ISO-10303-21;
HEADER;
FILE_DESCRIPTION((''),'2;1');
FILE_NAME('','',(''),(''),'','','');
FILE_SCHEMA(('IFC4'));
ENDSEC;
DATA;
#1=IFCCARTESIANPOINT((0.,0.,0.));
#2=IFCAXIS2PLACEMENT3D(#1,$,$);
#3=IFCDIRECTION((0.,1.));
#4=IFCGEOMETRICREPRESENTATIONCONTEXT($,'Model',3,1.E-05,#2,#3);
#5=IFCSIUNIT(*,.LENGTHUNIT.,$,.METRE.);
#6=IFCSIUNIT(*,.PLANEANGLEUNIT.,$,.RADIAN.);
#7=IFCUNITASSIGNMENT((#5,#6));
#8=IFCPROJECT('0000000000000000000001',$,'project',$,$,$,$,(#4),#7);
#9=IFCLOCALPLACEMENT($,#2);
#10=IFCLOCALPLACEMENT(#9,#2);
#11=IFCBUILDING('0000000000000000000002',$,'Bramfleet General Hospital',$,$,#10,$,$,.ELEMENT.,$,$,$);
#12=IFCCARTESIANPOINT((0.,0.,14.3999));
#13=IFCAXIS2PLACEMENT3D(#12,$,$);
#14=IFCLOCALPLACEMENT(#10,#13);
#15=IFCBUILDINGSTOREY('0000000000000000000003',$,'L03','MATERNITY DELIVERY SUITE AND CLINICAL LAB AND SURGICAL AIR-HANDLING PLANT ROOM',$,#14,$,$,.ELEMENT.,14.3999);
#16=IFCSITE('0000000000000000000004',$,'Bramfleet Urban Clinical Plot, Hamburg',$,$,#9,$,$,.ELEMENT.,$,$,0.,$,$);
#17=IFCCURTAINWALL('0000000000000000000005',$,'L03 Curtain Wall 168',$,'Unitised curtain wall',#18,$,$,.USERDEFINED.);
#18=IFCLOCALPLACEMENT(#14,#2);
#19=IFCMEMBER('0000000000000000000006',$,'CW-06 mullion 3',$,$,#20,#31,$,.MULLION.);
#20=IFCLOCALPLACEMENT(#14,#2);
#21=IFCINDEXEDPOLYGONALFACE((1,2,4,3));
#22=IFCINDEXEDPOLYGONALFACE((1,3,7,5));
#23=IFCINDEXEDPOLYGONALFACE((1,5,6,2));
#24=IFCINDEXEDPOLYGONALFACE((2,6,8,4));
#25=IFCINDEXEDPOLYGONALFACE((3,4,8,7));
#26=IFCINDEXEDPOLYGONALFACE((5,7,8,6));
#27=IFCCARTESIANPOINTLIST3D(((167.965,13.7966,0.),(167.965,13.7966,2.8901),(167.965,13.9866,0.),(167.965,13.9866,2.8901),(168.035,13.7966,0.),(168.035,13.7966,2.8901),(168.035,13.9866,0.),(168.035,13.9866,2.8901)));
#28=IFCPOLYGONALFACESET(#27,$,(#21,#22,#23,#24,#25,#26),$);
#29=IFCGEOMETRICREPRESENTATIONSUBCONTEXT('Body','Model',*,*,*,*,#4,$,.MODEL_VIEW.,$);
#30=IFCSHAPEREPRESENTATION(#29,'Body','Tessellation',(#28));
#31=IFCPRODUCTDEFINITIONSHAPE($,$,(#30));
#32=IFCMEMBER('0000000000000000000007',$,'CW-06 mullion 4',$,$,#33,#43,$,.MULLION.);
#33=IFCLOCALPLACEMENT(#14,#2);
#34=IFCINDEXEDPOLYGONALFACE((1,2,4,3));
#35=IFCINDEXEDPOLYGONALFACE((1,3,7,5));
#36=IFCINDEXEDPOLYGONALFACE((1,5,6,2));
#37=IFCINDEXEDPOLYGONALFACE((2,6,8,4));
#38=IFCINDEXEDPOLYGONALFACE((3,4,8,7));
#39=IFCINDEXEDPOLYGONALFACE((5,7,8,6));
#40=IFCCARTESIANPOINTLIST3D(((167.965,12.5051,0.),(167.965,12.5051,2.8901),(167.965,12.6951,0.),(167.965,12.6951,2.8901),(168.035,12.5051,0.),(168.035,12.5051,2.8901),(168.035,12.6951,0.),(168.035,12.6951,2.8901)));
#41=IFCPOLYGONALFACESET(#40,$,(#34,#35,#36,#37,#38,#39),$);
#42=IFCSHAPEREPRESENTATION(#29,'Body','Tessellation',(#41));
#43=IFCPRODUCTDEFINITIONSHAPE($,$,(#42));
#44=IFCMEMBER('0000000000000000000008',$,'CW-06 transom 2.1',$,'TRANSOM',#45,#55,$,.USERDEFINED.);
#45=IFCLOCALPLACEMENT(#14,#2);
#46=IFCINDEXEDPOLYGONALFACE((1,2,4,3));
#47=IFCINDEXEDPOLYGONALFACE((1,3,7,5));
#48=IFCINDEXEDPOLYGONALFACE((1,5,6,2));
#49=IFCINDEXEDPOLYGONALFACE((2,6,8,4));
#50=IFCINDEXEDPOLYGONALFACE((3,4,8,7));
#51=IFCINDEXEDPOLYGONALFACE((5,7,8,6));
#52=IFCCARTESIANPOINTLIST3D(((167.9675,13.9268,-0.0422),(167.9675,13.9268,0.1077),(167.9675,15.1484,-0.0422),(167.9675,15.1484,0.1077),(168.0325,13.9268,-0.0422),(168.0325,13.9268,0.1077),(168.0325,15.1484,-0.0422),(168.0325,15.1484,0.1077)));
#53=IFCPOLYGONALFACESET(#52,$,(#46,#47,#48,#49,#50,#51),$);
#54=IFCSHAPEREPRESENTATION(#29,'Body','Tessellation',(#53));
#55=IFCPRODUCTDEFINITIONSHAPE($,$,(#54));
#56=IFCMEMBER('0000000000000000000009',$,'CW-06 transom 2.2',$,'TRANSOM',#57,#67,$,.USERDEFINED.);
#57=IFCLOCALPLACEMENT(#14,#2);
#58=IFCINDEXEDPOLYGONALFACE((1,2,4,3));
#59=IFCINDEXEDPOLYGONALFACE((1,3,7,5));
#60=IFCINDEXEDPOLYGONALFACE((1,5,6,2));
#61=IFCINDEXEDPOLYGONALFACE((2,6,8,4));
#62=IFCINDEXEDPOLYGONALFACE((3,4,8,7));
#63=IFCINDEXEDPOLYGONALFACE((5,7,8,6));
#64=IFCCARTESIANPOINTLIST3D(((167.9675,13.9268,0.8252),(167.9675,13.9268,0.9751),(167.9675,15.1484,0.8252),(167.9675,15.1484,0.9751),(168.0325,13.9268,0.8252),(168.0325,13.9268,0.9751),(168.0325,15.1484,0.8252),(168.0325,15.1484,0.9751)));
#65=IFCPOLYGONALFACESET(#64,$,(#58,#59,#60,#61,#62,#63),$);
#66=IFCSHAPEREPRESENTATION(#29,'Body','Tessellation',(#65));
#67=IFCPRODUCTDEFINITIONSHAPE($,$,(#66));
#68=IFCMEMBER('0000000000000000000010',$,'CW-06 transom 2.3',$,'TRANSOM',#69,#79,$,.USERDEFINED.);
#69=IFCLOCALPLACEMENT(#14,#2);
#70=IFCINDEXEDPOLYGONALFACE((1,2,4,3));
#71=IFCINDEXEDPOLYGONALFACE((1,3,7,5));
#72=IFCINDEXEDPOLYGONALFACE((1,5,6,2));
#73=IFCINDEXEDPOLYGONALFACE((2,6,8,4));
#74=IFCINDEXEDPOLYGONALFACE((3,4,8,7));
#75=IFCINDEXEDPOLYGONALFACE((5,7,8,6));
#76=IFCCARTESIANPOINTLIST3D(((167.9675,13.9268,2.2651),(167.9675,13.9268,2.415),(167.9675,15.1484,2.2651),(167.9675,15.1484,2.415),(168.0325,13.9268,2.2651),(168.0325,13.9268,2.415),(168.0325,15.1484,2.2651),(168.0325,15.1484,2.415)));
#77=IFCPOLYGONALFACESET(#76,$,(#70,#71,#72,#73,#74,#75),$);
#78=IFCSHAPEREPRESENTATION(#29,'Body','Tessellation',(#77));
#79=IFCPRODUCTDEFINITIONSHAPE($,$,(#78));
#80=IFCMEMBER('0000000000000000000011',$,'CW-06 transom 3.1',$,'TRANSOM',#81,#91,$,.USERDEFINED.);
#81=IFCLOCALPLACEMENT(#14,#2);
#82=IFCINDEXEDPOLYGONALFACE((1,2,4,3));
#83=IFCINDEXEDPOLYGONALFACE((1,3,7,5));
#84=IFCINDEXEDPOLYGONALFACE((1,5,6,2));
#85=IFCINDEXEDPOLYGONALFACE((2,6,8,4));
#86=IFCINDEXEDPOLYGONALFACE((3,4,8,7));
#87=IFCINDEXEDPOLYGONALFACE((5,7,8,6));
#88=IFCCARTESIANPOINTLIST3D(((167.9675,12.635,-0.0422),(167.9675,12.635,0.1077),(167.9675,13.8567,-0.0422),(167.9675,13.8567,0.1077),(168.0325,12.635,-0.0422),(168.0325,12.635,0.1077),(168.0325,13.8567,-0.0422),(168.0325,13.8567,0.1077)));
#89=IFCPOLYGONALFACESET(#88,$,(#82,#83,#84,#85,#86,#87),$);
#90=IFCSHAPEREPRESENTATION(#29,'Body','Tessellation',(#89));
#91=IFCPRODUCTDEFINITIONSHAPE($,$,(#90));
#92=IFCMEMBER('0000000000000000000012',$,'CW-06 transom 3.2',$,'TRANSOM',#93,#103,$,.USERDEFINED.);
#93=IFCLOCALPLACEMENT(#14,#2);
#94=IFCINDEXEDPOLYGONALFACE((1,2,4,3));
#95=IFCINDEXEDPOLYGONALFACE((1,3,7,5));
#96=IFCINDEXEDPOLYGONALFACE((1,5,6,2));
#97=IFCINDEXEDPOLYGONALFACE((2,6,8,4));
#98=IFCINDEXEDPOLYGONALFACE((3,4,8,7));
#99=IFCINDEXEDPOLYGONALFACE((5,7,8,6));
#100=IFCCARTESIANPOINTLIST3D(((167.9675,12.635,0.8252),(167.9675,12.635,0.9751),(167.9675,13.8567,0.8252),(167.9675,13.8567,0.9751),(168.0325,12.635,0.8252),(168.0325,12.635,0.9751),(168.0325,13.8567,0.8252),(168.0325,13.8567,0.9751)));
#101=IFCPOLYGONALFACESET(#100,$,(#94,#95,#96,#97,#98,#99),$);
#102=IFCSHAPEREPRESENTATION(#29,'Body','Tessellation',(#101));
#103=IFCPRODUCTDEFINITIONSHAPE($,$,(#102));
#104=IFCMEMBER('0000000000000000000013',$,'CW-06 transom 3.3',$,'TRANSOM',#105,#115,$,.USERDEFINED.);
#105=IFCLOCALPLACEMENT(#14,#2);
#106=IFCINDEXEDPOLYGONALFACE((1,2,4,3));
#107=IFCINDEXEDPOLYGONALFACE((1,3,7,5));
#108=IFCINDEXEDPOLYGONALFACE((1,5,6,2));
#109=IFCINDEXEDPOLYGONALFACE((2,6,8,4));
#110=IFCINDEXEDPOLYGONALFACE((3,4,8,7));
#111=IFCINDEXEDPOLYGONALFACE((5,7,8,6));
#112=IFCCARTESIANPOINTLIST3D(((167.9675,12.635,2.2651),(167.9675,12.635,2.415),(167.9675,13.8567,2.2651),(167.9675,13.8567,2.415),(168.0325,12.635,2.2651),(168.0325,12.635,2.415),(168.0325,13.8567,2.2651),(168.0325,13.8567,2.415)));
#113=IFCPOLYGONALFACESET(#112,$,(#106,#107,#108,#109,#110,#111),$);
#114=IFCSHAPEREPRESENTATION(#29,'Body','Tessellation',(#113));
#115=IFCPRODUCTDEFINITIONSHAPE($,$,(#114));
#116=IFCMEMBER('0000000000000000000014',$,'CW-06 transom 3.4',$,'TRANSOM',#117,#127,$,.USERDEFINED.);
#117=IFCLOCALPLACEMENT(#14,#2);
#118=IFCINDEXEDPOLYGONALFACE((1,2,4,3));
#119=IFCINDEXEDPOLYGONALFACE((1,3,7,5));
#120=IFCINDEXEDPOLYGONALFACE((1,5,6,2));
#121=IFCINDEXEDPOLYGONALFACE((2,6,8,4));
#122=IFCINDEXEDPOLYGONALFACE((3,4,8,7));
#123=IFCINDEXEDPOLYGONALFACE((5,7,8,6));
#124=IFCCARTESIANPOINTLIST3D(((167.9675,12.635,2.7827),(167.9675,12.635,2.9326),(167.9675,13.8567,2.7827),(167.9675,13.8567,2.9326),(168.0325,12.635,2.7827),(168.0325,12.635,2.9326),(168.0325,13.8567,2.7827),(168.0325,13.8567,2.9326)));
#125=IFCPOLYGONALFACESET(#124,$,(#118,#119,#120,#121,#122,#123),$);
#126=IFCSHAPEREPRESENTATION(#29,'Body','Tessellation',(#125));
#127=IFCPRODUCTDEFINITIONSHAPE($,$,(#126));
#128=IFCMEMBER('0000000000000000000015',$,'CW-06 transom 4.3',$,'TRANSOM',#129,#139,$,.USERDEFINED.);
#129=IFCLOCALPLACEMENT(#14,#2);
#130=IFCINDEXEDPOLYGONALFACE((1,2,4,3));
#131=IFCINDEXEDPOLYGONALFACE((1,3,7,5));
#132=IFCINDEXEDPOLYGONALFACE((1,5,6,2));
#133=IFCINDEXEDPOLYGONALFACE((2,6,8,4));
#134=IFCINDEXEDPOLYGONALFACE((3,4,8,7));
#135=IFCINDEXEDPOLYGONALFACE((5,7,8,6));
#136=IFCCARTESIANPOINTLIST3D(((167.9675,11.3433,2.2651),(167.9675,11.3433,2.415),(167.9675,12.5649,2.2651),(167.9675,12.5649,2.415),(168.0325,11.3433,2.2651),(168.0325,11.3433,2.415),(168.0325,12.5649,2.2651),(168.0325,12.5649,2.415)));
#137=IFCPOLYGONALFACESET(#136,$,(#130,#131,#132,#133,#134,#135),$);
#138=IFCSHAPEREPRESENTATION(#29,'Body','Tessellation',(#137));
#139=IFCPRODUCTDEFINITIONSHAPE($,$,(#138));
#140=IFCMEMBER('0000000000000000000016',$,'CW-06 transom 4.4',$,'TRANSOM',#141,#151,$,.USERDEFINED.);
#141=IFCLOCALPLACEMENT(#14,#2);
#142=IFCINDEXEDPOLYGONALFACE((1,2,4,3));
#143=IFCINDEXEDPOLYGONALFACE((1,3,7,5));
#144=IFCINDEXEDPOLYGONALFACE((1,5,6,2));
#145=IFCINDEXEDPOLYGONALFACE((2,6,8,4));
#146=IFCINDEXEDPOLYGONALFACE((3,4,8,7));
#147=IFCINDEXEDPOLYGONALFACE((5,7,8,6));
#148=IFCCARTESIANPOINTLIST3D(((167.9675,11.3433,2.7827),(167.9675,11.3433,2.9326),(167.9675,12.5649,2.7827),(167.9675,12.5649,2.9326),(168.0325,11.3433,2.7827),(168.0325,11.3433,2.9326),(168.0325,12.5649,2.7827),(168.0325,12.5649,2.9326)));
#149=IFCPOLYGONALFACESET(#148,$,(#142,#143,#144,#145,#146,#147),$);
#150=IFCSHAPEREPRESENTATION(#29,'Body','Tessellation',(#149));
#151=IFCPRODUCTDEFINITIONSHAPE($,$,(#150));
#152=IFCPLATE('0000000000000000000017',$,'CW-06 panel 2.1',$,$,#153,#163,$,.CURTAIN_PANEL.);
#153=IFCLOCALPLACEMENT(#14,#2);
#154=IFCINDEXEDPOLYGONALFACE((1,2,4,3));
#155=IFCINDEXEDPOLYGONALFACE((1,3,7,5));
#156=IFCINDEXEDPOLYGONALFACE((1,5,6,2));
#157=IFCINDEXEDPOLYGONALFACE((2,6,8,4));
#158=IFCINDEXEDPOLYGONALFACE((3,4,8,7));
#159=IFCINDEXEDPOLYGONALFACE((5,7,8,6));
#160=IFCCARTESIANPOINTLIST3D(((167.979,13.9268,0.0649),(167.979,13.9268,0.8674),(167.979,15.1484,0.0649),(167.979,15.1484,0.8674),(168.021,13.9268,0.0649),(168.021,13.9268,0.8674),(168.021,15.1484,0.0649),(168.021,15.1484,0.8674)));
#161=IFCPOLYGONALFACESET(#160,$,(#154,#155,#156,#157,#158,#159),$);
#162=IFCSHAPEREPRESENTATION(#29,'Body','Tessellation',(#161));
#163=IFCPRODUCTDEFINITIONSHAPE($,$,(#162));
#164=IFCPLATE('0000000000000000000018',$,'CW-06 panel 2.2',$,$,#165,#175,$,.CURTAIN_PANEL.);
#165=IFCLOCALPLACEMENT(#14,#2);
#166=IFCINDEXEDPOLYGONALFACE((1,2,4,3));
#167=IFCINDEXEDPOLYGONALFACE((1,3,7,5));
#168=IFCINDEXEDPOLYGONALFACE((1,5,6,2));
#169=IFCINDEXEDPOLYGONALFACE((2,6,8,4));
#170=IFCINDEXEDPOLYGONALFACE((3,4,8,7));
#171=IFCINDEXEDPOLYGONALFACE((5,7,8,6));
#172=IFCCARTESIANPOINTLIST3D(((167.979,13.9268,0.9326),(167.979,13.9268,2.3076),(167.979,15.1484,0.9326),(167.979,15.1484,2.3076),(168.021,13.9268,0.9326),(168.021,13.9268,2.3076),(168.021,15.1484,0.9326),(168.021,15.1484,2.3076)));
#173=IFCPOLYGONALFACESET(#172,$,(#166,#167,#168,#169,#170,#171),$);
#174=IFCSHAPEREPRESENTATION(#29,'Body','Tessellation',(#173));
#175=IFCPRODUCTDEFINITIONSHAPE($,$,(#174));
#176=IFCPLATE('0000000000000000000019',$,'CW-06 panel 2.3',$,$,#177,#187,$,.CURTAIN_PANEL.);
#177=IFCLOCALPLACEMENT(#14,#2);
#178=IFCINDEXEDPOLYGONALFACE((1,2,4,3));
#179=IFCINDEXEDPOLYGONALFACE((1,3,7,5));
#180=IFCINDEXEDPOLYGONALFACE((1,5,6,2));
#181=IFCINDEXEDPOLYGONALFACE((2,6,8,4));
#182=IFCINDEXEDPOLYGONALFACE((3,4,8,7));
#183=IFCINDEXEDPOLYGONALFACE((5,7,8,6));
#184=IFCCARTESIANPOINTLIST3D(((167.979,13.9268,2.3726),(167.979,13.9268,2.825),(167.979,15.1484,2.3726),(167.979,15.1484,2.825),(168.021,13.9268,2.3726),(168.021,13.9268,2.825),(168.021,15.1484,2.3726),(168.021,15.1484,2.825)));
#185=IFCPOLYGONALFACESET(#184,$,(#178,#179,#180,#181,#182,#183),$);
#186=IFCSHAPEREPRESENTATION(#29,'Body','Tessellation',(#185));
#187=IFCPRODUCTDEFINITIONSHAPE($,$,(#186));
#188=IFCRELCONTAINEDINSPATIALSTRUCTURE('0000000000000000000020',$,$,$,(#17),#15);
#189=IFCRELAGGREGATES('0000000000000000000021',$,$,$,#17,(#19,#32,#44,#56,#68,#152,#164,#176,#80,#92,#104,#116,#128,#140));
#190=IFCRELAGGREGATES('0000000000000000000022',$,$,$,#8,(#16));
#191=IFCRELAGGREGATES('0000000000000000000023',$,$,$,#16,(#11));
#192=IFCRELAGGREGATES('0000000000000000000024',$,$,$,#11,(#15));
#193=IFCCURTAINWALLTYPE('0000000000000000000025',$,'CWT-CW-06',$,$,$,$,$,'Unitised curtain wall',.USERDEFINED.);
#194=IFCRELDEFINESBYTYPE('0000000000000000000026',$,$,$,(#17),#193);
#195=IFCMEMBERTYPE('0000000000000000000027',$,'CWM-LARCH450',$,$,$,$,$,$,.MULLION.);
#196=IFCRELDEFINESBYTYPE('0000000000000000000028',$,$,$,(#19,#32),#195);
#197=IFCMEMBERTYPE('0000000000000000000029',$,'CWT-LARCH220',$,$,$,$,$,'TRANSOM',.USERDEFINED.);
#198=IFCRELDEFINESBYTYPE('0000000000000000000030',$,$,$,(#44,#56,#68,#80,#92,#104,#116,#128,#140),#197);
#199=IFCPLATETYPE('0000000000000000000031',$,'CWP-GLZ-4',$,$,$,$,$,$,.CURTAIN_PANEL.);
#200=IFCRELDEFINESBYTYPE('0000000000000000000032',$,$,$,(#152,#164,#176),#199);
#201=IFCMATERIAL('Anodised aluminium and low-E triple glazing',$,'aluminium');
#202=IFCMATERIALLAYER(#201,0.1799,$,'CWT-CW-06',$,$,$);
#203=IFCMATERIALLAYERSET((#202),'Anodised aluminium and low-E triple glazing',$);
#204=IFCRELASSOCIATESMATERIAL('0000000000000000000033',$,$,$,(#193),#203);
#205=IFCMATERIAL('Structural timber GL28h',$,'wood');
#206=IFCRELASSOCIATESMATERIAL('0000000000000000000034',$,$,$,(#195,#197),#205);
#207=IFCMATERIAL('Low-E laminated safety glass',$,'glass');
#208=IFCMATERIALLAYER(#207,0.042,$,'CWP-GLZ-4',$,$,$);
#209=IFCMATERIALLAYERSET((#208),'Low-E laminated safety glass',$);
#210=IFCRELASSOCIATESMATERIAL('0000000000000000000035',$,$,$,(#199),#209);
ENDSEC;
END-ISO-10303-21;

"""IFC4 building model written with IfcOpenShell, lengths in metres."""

from ifc_helpers import new_model, si_unit, direction, frame, origin, origin_2d, place, context, subcontext, project, spatial, rectangle, extrude, material, layer, layer_set, material_profile, profile_set, type_object, element, aggregate, save


model = new_model("IFC4")

# Units and contexts
model_context = context("Model", 3, precision=1e-05, world=origin(), true_north=direction((0.0, 1.0)))
body_context = subcontext(model_context, "Body", "Model", "MODEL_VIEW")
ifc_project = project(units=[si_unit("LENGTHUNIT", "METRE"), si_unit("PLANEANGLEUNIT", "RADIAN")], contexts=[model_context])

# Site, building, storey
site_placement = place(None, origin())
site = spatial("IfcSite", under=ifc_project, at=site_placement, Name="Bramfleet Urban Clinical Plot, Hamburg", CompositionType="ELEMENT", RefElevation=0.0)
building_placement = place(site_placement, origin())
building = spatial("IfcBuilding", under=site, at=building_placement, Name="Bramfleet General Hospital", CompositionType="ELEMENT")
storey_placement = place(building_placement, frame((0.0, 0.0, 14.3999)))
storey = spatial("IfcBuildingStorey", under=building, at=storey_placement, Name="L03", Description="MATERNITY DELIVERY SUITE AND CLINICAL LAB AND SURGICAL AIR-HANDLING PLANT ROOM", CompositionType="ELEMENT", Elevation=14.3999)

# Curtain wall, members, plates
ifc_material_1 = material(Name="Anodised aluminium and low-E triple glazing", Category="aluminium")
ifc_layer_1 = layer(ifc_material_1, 0.1799, Name="CWT-CW-06")
ifc_layer_set_1 = layer_set([ifc_layer_1], Name="Anodised aluminium and low-E triple glazing")
curtain_wall_type = type_object("IfcCurtainWallType", Name="CWT-CW-06", ElementType="Unitised curtain wall", PredefinedType="USERDEFINED", material=ifc_layer_set_1)
curtain_wall_placement = place(storey_placement, origin())
curtain_wall = element("IfcCurtainWall", 1, at=curtain_wall_placement, inside=storey, type_object=curtain_wall_type, Name="L03 Curtain Wall 168", ObjectType="Unitised curtain wall", PredefinedType="USERDEFINED")
ifc_material_2 = material(Name="Structural timber GL28h", Category="wood")
ifc_material_profile_1 = material_profile(ifc_material_2, rectangle(XDim=0.0701, YDim=0.1899, at=origin_2d()), Name="LARCH 190x70")
ifc_profile_set_1 = profile_set([ifc_material_profile_1], Name="Structural timber GL28h")
member_type_1 = type_object("IfcMemberType", Name="CWM-LARCH450", PredefinedType="MULLION", material=ifc_profile_set_1)
member_1_placement = place(storey_placement, frame((168.0, 13.8916, 0.0), z_axis=(0.0, 0.0, 1.0), x_axis=(1.0, 0.0, 0.0)))
member_1 = element("IfcMember", 2, at=member_1_placement, type_object=member_type_1, Name="CW-06 mullion 3", PredefinedType="MULLION", context=body_context, shape_type="SweptSolid", body=[
    extrude(rectangle(XDim=0.0701, YDim=0.1899, at=origin_2d()), origin(), (0.0, 0.0, 1.0), 2.8901),
])
member_2_placement = place(storey_placement, frame((168.0, 12.6001, 0.0), z_axis=(0.0, 0.0, 1.0), x_axis=(1.0, 0.0, 0.0)))
member_2 = element("IfcMember", 3, at=member_2_placement, type_object=member_type_1, Name="CW-06 mullion 4", PredefinedType="MULLION", context=body_context, shape_type="SweptSolid", body=[
    extrude(rectangle(XDim=0.0701, YDim=0.1899, at=origin_2d()), origin(), (0.0, 0.0, 1.0), 2.8901),
])
ifc_material_profile_2 = material_profile(ifc_material_2, rectangle(XDim=0.0649, YDim=0.1499, at=origin_2d()), Name="LARCH 150x65")
ifc_profile_set_2 = profile_set([ifc_material_profile_2], Name="Structural timber GL28h")
member_type_2 = type_object("IfcMemberType", Name="CWT-LARCH220", ElementType="TRANSOM", PredefinedType="USERDEFINED", material=ifc_profile_set_2)
member_3_placement = place(storey_placement, frame((168.0, 15.1484, 0.0327), z_axis=(0.0, -1.0, 0.0), x_axis=(1.0, 0.0, 0.0)))
member_3 = element("IfcMember", 4, at=member_3_placement, type_object=member_type_2, Name="CW-06 transom 2.1", ObjectType="TRANSOM", PredefinedType="USERDEFINED", context=body_context, shape_type="SweptSolid", body=[
    extrude(rectangle(XDim=0.0649, YDim=0.1499, at=origin_2d()), origin(), (0.0, 0.0, 1.0), 1.2217),
])
member_4_placement = place(storey_placement, frame((168.0, 15.1484, 0.9001), z_axis=(0.0, -1.0, 0.0), x_axis=(1.0, 0.0, 0.0)))
member_4 = element("IfcMember", 5, at=member_4_placement, type_object=member_type_2, Name="CW-06 transom 2.2", ObjectType="TRANSOM", PredefinedType="USERDEFINED", context=body_context, shape_type="SweptSolid", body=[
    extrude(rectangle(XDim=0.0649, YDim=0.1499, at=origin_2d()), origin(), (0.0, 0.0, 1.0), 1.2217),
])
member_5_placement = place(storey_placement, frame((168.0, 15.1484, 2.3401), z_axis=(0.0, -1.0, 0.0), x_axis=(1.0, 0.0, 0.0)))
member_5 = element("IfcMember", 6, at=member_5_placement, type_object=member_type_2, Name="CW-06 transom 2.3", ObjectType="TRANSOM", PredefinedType="USERDEFINED", context=body_context, shape_type="SweptSolid", body=[
    extrude(rectangle(XDim=0.0649, YDim=0.1499, at=origin_2d()), origin(), (0.0, 0.0, 1.0), 1.2217),
])
member_6_placement = place(storey_placement, frame((168.0, 13.8567, 0.0327), z_axis=(0.0, -1.0, 0.0), x_axis=(1.0, 0.0, 0.0)))
member_6 = element("IfcMember", 7, at=member_6_placement, type_object=member_type_2, Name="CW-06 transom 3.1", ObjectType="TRANSOM", PredefinedType="USERDEFINED", context=body_context, shape_type="SweptSolid", body=[
    extrude(rectangle(XDim=0.0649, YDim=0.1499, at=origin_2d()), origin(), (0.0, 0.0, 1.0), 1.2217),
])
member_7_placement = place(storey_placement, frame((168.0, 13.8567, 0.9001), z_axis=(0.0, -1.0, 0.0), x_axis=(1.0, 0.0, 0.0)))
member_7 = element("IfcMember", 8, at=member_7_placement, type_object=member_type_2, Name="CW-06 transom 3.2", ObjectType="TRANSOM", PredefinedType="USERDEFINED", context=body_context, shape_type="SweptSolid", body=[
    extrude(rectangle(XDim=0.0649, YDim=0.1499, at=origin_2d()), origin(), (0.0, 0.0, 1.0), 1.2217),
])
member_8_placement = place(storey_placement, frame((168.0, 13.8567, 2.3401), z_axis=(0.0, -1.0, 0.0), x_axis=(1.0, 0.0, 0.0)))
member_8 = element("IfcMember", 9, at=member_8_placement, type_object=member_type_2, Name="CW-06 transom 3.3", ObjectType="TRANSOM", PredefinedType="USERDEFINED", context=body_context, shape_type="SweptSolid", body=[
    extrude(rectangle(XDim=0.0649, YDim=0.1499, at=origin_2d()), origin(), (0.0, 0.0, 1.0), 1.2217),
])
member_9_placement = place(storey_placement, frame((168.0, 13.8567, 2.8577), z_axis=(0.0, -1.0, 0.0), x_axis=(1.0, 0.0, 0.0)))
member_9 = element("IfcMember", 10, at=member_9_placement, type_object=member_type_2, Name="CW-06 transom 3.4", ObjectType="TRANSOM", PredefinedType="USERDEFINED", context=body_context, shape_type="SweptSolid", body=[
    extrude(rectangle(XDim=0.0649, YDim=0.1499, at=origin_2d()), origin(), (0.0, 0.0, 1.0), 1.2217),
])
member_10_placement = place(storey_placement, frame((168.0, 12.5649, 2.3401), z_axis=(0.0, -1.0, 0.0), x_axis=(1.0, 0.0, 0.0)))
member_10 = element("IfcMember", 11, at=member_10_placement, type_object=member_type_2, Name="CW-06 transom 4.3", ObjectType="TRANSOM", PredefinedType="USERDEFINED", context=body_context, shape_type="SweptSolid", body=[
    extrude(rectangle(XDim=0.0649, YDim=0.1499, at=origin_2d()), origin(), (0.0, 0.0, 1.0), 1.2217),
])
member_11_placement = place(storey_placement, frame((168.0, 12.5649, 2.8577), z_axis=(0.0, -1.0, 0.0), x_axis=(1.0, 0.0, 0.0)))
member_11 = element("IfcMember", 12, at=member_11_placement, type_object=member_type_2, Name="CW-06 transom 4.4", ObjectType="TRANSOM", PredefinedType="USERDEFINED", context=body_context, shape_type="SweptSolid", body=[
    extrude(rectangle(XDim=0.0649, YDim=0.1499, at=origin_2d()), origin(), (0.0, 0.0, 1.0), 1.2217),
])
ifc_material_3 = material(Name="Low-E laminated safety glass", Category="glass")
ifc_layer_2 = layer(ifc_material_3, 0.042, Name="CWP-GLZ-4")
ifc_layer_set_2 = layer_set([ifc_layer_2], Name="Low-E laminated safety glass")
plate_type = type_object("IfcPlateType", Name="CWP-GLZ-4", PredefinedType="CURTAIN_PANEL", material=ifc_layer_set_2)
plate_1_placement = place(storey_placement, frame((168.0, 14.5376, 0.0649), z_axis=(0.0, 0.0, 1.0), x_axis=(0.0, -1.0, 0.0)))
plate_1 = element("IfcPlate", 13, at=plate_1_placement, type_object=plate_type, Name="CW-06 panel 2.1", PredefinedType="CURTAIN_PANEL", context=body_context, shape_type="SweptSolid", body=[
    extrude(rectangle(XDim=1.2217, YDim=0.042, at=origin_2d()), origin(), (0.0, 0.0, 1.0), 0.8025),
])
plate_2_placement = place(storey_placement, frame((168.0, 14.5376, 0.9326), z_axis=(0.0, 0.0, 1.0), x_axis=(0.0, -1.0, 0.0)))
plate_2 = element("IfcPlate", 14, at=plate_2_placement, type_object=plate_type, Name="CW-06 panel 2.2", PredefinedType="CURTAIN_PANEL", context=body_context, shape_type="SweptSolid", body=[
    extrude(rectangle(XDim=1.2217, YDim=0.042, at=origin_2d()), origin(), (0.0, 0.0, 1.0), 1.375),
])
plate_3_placement = place(storey_placement, frame((168.0, 14.5376, 2.3726), z_axis=(0.0, 0.0, 1.0), x_axis=(0.0, -1.0, 0.0)))
plate_3 = element("IfcPlate", 15, at=plate_3_placement, type_object=plate_type, Name="CW-06 panel 2.3", PredefinedType="CURTAIN_PANEL", context=body_context, shape_type="SweptSolid", body=[
    extrude(rectangle(XDim=1.2217, YDim=0.042, at=origin_2d()), origin(), (0.0, 0.0, 1.0), 0.4524),
])
aggregate(curtain_wall, [member_1, member_2, member_3, member_4, member_5, plate_1, plate_2, plate_3, member_6, member_7, member_8, member_9, member_10, member_11])

save(model, "model.ifc")
